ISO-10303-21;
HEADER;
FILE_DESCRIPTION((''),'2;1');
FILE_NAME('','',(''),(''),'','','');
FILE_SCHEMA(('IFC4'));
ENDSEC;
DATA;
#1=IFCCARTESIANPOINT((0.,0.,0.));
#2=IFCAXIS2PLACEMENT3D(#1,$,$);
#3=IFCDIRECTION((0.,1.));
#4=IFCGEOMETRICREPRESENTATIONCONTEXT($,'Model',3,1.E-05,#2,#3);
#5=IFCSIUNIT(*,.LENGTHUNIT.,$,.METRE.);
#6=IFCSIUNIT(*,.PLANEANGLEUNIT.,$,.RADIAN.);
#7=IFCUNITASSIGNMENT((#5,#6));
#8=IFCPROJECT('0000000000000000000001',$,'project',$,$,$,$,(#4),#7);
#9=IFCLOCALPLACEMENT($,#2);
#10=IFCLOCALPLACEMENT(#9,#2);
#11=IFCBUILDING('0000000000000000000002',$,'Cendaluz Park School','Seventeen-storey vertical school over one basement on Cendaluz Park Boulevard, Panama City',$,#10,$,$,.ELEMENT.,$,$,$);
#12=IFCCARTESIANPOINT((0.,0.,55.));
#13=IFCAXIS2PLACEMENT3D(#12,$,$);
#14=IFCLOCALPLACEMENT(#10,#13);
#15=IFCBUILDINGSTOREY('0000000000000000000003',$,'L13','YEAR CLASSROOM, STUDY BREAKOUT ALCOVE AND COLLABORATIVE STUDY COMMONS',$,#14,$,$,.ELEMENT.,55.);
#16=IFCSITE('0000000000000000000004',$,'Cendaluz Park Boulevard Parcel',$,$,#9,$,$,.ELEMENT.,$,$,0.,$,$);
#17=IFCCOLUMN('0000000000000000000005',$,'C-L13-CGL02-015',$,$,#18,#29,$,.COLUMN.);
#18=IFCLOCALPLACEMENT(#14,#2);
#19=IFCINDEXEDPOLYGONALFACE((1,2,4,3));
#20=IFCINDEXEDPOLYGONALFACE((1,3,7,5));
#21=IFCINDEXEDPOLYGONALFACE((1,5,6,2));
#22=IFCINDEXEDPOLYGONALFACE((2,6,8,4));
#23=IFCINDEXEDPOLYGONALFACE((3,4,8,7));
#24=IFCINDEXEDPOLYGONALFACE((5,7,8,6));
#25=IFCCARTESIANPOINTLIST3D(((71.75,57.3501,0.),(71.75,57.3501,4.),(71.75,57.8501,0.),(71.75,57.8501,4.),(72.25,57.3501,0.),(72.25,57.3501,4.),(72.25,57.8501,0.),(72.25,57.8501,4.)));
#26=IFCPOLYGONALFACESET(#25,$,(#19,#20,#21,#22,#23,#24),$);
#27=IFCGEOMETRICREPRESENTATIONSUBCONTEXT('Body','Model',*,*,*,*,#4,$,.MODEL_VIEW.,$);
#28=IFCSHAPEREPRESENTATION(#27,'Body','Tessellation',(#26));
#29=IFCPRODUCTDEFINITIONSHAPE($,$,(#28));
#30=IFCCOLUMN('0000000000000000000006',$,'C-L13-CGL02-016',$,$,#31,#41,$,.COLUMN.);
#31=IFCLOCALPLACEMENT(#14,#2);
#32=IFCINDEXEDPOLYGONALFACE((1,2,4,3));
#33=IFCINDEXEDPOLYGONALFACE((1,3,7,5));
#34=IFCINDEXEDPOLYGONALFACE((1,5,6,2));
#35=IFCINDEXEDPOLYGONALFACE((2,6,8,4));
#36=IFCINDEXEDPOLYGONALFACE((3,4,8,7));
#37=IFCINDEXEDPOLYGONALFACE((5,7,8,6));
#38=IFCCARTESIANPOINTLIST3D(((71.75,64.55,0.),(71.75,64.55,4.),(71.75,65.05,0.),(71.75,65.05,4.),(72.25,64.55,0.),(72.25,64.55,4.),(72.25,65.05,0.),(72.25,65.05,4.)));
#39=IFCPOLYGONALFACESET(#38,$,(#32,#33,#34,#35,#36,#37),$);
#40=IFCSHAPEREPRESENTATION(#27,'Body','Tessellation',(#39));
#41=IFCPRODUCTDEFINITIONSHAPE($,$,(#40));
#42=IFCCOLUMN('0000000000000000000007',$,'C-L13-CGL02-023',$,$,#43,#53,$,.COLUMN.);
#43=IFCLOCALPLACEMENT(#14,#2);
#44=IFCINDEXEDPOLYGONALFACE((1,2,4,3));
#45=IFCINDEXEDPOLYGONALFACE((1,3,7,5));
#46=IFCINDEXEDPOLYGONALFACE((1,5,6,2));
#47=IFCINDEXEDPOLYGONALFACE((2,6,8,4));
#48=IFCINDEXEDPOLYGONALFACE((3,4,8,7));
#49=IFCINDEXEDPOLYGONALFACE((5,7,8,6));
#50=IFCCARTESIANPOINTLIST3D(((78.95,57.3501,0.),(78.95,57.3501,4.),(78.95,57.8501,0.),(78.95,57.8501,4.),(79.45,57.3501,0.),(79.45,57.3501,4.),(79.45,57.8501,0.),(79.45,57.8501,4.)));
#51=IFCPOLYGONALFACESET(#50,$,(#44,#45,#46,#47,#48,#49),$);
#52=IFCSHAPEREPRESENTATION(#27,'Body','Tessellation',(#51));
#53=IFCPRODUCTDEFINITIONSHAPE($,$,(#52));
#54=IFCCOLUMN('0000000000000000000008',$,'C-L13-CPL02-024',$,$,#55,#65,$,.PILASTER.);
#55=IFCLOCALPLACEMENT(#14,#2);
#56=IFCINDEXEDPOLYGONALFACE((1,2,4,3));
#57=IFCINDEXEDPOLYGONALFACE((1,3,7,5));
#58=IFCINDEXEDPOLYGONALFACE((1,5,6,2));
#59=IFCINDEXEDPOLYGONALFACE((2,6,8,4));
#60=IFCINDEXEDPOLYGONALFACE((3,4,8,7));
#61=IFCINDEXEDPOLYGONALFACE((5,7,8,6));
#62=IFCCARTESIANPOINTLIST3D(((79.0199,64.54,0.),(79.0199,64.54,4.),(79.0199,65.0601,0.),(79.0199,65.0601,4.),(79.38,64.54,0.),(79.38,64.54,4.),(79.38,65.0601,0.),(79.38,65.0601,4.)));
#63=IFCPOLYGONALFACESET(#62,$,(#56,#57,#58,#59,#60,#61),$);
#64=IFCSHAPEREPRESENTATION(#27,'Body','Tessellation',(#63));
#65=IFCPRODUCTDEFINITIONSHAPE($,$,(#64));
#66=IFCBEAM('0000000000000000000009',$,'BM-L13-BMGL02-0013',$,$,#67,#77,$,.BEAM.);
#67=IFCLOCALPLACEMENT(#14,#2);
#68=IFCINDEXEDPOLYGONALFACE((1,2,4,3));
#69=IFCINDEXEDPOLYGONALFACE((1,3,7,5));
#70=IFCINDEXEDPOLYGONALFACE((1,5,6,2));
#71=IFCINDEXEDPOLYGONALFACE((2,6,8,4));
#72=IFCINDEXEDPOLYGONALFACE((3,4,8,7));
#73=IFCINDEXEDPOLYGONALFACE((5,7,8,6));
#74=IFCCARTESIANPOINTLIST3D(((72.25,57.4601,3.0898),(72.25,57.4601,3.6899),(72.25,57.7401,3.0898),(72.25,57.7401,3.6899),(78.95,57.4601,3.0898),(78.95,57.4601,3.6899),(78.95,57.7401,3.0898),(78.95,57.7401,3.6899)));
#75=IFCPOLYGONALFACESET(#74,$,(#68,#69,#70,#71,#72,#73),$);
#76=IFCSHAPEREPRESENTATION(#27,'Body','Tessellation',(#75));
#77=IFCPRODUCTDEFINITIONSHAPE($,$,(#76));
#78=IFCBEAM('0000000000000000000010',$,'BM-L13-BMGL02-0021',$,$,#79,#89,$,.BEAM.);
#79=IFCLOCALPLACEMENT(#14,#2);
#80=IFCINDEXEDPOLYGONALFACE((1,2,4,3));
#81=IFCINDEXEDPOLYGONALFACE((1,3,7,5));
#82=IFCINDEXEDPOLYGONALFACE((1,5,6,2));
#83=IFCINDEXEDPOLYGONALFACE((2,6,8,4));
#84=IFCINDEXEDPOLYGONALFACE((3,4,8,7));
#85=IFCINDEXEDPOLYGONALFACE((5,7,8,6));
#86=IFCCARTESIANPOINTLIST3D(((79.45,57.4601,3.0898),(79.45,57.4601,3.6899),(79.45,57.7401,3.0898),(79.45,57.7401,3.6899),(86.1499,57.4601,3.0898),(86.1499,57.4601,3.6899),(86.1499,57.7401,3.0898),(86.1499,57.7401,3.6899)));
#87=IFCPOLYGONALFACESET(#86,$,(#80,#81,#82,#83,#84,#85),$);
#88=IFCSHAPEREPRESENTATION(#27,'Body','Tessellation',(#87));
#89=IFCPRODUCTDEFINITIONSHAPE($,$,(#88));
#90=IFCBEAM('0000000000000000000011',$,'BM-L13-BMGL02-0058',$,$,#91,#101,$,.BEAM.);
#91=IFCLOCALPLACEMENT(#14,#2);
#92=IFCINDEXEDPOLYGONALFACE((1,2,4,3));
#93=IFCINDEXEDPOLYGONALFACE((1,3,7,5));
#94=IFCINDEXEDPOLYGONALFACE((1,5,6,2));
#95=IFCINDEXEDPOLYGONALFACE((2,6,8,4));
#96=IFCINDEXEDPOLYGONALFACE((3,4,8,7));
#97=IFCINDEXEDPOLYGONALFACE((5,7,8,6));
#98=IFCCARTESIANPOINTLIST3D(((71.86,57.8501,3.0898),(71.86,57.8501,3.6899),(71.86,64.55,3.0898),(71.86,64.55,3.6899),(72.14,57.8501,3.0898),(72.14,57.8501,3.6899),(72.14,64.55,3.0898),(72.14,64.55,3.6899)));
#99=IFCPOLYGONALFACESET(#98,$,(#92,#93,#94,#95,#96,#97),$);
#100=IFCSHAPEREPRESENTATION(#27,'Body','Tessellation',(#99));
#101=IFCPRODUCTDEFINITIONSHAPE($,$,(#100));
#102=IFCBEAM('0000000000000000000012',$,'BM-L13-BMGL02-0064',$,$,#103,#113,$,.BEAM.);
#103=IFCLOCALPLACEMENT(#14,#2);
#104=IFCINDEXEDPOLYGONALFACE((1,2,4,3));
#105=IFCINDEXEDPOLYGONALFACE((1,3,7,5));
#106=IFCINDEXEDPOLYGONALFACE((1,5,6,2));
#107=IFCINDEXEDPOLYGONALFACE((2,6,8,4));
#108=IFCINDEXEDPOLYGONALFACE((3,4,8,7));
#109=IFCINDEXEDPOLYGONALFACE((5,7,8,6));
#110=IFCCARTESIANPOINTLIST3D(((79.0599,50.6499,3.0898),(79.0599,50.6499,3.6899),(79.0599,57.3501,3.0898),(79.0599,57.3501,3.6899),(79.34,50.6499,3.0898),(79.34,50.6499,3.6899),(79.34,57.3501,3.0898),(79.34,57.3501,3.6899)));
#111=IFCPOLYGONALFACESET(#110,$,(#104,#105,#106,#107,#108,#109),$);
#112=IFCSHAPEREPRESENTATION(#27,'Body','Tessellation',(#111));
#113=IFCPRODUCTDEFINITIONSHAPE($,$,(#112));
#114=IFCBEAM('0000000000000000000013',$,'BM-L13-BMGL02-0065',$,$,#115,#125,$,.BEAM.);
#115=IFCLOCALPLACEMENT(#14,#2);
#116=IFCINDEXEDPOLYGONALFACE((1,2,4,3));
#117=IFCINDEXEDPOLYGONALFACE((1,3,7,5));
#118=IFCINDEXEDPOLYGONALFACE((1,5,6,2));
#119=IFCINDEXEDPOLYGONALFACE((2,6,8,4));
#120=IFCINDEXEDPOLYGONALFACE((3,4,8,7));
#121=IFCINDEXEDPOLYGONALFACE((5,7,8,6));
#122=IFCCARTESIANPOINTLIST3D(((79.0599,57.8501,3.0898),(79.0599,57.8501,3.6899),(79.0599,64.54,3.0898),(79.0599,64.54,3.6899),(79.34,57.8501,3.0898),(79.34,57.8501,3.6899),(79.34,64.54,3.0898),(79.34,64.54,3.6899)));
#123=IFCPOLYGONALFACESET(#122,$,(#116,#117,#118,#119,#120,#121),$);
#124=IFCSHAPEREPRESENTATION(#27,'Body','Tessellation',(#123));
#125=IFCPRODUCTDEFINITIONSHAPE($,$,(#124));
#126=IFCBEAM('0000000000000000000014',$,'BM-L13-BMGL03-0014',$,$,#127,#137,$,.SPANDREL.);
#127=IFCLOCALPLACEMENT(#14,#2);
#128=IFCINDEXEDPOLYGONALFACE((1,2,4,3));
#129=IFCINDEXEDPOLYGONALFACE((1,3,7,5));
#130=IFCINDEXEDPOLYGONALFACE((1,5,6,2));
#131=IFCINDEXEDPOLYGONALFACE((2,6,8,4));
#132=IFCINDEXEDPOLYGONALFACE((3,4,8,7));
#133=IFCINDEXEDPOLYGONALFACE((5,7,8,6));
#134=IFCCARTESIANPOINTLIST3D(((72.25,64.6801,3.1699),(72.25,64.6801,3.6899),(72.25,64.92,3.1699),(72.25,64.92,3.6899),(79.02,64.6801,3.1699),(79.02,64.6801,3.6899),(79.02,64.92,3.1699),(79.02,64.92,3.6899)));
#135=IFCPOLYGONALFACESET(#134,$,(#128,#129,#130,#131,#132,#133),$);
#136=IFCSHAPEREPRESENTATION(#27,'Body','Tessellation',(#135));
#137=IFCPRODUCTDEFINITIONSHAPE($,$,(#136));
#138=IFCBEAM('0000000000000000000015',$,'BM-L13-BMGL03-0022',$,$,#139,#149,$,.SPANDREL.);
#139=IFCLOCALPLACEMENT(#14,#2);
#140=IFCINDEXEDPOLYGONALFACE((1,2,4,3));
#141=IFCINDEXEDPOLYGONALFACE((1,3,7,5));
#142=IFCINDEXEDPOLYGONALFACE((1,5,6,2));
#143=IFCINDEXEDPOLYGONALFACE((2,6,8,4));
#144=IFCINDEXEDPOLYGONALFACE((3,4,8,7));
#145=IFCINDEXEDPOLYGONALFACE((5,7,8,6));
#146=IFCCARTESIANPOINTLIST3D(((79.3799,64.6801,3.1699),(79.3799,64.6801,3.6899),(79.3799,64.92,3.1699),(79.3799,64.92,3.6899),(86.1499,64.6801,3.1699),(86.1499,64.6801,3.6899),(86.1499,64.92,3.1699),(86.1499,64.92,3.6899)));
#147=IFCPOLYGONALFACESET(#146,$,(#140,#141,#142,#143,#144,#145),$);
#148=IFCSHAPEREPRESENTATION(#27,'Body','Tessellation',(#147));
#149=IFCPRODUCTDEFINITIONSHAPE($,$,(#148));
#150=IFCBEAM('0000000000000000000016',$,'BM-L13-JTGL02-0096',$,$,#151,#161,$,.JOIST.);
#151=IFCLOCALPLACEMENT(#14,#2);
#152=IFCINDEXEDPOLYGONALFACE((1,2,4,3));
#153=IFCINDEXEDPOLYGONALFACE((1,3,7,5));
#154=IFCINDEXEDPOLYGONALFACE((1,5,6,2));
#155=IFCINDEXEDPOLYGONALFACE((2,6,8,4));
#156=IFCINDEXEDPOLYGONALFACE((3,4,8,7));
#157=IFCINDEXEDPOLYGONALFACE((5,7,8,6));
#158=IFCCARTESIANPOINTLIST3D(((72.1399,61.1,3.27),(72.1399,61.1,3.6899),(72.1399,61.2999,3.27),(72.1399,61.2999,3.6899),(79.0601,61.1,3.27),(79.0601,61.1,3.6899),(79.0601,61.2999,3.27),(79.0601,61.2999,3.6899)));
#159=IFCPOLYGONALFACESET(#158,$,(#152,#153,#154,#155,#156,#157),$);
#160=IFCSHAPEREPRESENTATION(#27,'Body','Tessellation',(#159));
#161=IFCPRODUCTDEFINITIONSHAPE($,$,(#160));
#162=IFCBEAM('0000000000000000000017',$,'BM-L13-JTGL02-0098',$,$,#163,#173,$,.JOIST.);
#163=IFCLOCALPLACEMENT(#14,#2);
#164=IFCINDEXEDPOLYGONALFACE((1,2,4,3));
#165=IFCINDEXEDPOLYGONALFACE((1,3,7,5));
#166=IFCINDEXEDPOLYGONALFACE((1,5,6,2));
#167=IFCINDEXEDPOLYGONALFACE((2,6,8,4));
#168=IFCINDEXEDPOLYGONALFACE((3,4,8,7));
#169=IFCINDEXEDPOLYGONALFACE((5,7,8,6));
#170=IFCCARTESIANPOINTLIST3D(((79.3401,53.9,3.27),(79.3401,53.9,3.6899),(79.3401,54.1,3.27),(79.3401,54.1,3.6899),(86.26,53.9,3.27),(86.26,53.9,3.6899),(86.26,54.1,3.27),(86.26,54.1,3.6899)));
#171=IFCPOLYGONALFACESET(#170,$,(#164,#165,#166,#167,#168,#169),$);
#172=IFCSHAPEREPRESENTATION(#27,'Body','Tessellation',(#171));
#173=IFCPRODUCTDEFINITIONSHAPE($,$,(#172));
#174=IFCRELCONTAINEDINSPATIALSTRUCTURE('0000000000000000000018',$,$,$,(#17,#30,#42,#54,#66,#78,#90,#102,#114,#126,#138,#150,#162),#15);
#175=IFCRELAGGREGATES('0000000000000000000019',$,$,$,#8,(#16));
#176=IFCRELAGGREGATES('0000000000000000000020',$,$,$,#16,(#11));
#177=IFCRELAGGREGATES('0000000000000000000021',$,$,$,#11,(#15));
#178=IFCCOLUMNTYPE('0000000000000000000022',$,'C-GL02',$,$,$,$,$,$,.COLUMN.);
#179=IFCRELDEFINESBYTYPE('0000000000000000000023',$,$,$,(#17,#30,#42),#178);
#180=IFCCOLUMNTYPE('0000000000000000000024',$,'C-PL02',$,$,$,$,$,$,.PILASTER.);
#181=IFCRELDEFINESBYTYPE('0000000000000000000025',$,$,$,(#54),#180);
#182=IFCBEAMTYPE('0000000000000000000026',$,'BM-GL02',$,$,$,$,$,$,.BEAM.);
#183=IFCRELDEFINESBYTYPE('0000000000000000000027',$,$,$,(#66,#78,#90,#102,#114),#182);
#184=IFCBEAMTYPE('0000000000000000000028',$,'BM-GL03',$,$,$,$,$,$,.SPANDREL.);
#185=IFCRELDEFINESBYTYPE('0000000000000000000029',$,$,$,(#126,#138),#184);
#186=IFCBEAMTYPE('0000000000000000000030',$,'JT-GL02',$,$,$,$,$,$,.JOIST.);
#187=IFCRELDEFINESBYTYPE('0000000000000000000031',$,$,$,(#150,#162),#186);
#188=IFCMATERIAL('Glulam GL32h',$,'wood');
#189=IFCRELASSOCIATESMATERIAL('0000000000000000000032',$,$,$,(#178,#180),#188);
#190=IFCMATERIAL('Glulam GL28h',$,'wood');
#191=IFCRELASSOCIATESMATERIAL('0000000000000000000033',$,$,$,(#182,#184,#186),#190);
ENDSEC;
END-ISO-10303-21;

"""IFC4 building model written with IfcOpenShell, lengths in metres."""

from ifc_helpers import new_model, si_unit, direction, frame, origin, origin_2d, place, context, subcontext, project, spatial, rectangle, extrude, material, material_profile, profile_set, type_object, element, save


model = new_model("IFC4")

# Units and contexts
model_context = context("Model", 3, precision=1e-05, world=origin(), true_north=direction((0.0, 1.0)))
body_context = subcontext(model_context, "Body", "Model", "MODEL_VIEW")
ifc_project = project(units=[si_unit("LENGTHUNIT", "METRE"), si_unit("PLANEANGLEUNIT", "RADIAN")], contexts=[model_context])

# Site, building, storey
site_placement = place(None, origin())
site = spatial("IfcSite", under=ifc_project, at=site_placement, Name="Cendaluz Park Boulevard Parcel", CompositionType="ELEMENT", RefElevation=0.0)
building_placement = place(site_placement, origin())
building = spatial("IfcBuilding", under=site, at=building_placement, Name="Cendaluz Park School", Description="Seventeen-storey vertical school over one basement on Cendaluz Park Boulevard, Panama City", CompositionType="ELEMENT")
storey_placement = place(building_placement, frame((0.0, 0.0, 55.0)))
storey = spatial("IfcBuildingStorey", under=building, at=storey_placement, Name="L13", Description="YEAR CLASSROOM, STUDY BREAKOUT ALCOVE AND COLLABORATIVE STUDY COMMONS", CompositionType="ELEMENT", Elevation=55.0)

# Columns
ifc_material_1 = material(Name="Glulam GL32h", Category="wood")
ifc_material_profile_1 = material_profile(ifc_material_1, rectangle(XDim=0.5, YDim=0.5, at=origin_2d()), Name="GL32h 500x500", Category="wood")
ifc_profile_set_1 = profile_set([ifc_material_profile_1], Name="Glulam GL32h")
column_type_1 = type_object("IfcColumnType", Name="C-GL02", PredefinedType="COLUMN", material=ifc_profile_set_1)
for number, where, z_axis, x_axis, name in (
    (1, (72.0, 57.6001, 0.0), (0.0, 0.0, 1.0), (1.0, 0.0, 0.0), "C-L13-CGL02-015"),
    (2, (72.0, 64.8, 0.0), (0.0, 0.0, 1.0), (1.0, 0.0, 0.0), "C-L13-CGL02-016"),
    (3, (79.2, 57.6001, 0.0), (0.0, 0.0, 1.0), (1.0, 0.0, 0.0), "C-L13-CGL02-023"),
):
    element("IfcColumn", number, at=place(storey_placement, frame(where, z_axis=z_axis, x_axis=x_axis)), inside=storey, type_object=column_type_1, Name=name, PredefinedType="COLUMN", context=body_context, shape_type="SweptSolid", body=[
        extrude(rectangle(XDim=0.5, YDim=0.5, at=origin_2d()), origin(), (0.0, 0.0, 1.0), 4.0),
    ])
ifc_material_profile_2 = material_profile(ifc_material_1, rectangle(XDim=0.3601, YDim=0.52, at=origin_2d()), Name="GL32h 360x520", Category="wood")
ifc_profile_set_2 = profile_set([ifc_material_profile_2], Name="Glulam GL32h")
column_type_2 = type_object("IfcColumnType", Name="C-PL02", PredefinedType="PILASTER", material=ifc_profile_set_2)
column_placement = place(storey_placement, frame((79.2, 64.8, 0.0), z_axis=(0.0, 0.0, 1.0), x_axis=(1.0, 0.0, 0.0)))
element("IfcColumn", 4, at=column_placement, inside=storey, type_object=column_type_2, Name="C-L13-CPL02-024", PredefinedType="PILASTER", context=body_context, shape_type="SweptSolid", body=[
    extrude(rectangle(XDim=0.3601, YDim=0.52, at=origin_2d()), origin(), (0.0, 0.0, 1.0), 4.0),
])

# Beams
ifc_material_2 = material(Name="Glulam GL28h", Category="wood")
ifc_material_profile_3 = material_profile(ifc_material_2, rectangle(XDim=0.28, YDim=0.6001, at=origin_2d()), Name="GL28h 280x600", Category="wood")
ifc_profile_set_3 = profile_set([ifc_material_profile_3], Name="Glulam GL28h")
beam_type_1 = type_object("IfcBeamType", Name="BM-GL02", PredefinedType="BEAM", material=ifc_profile_set_3)
for number, where, z_axis, x_axis, name in (
    (5, (72.25, 57.6001, 3.3899), (1.0, 0.0, 0.0), (0.0, 1.0, 0.0), "BM-L13-BMGL02-0013"),
    (6, (79.45, 57.6001, 3.3899), (1.0, 0.0, 0.0), (0.0, 1.0, 0.0), "BM-L13-BMGL02-0021"),
    (7, (72.0, 57.8501, 3.3899), (0.0, 1.0, 0.0), (-1.0, 0.0, 0.0), "BM-L13-BMGL02-0058"),
):
    element("IfcBeam", number, at=place(storey_placement, frame(where, z_axis=z_axis, x_axis=x_axis)), inside=storey, type_object=beam_type_1, Name=name, PredefinedType="BEAM", context=body_context, shape_type="SweptSolid", body=[
        extrude(rectangle(XDim=0.28, YDim=0.6001, at=origin_2d()), origin(), (0.0, 0.0, 1.0), 6.7),
    ])
beam_1_placement = place(storey_placement, frame((79.2, 50.6499, 3.3899), z_axis=(0.0, 1.0, 0.0), x_axis=(-1.0, 0.0, 0.0)))
element("IfcBeam", 8, at=beam_1_placement, inside=storey, type_object=beam_type_1, Name="BM-L13-BMGL02-0064", PredefinedType="BEAM", context=body_context, shape_type="SweptSolid", body=[
    extrude(rectangle(XDim=0.28, YDim=0.6001, at=origin_2d()), origin(), (0.0, 0.0, 1.0), 6.7002),
])
beam_2_placement = place(storey_placement, frame((79.2, 57.8501, 3.3899), z_axis=(0.0, 1.0, 0.0), x_axis=(-1.0, 0.0, 0.0)))
element("IfcBeam", 9, at=beam_2_placement, inside=storey, type_object=beam_type_1, Name="BM-L13-BMGL02-0065", PredefinedType="BEAM", context=body_context, shape_type="SweptSolid", body=[
    extrude(rectangle(XDim=0.28, YDim=0.6001, at=origin_2d()), origin(), (0.0, 0.0, 1.0), 6.6899),
])
ifc_material_profile_4 = material_profile(ifc_material_2, rectangle(XDim=0.24, YDim=0.52, at=origin_2d()), Name="GL28h 240x520", Category="wood")
ifc_profile_set_4 = profile_set([ifc_material_profile_4], Name="Glulam GL28h")
beam_type_2 = type_object("IfcBeamType", Name="BM-GL03", PredefinedType="SPANDREL", material=ifc_profile_set_4)
for number, where, z_axis, x_axis, name in (
    (10, (72.25, 64.8, 3.4299), (1.0, 0.0, 0.0), (0.0, 1.0, 0.0), "BM-L13-BMGL03-0014"),
    (11, (79.3799, 64.8, 3.4299), (1.0, 0.0, 0.0), (0.0, 1.0, 0.0), "BM-L13-BMGL03-0022"),
):
    element("IfcBeam", number, at=place(storey_placement, frame(where, z_axis=z_axis, x_axis=x_axis)), inside=storey, type_object=beam_type_2, Name=name, PredefinedType="SPANDREL", context=body_context, shape_type="SweptSolid", body=[
        extrude(rectangle(XDim=0.24, YDim=0.52, at=origin_2d()), origin(), (0.0, 0.0, 1.0), 6.77),
    ])
ifc_material_profile_5 = material_profile(ifc_material_2, rectangle(XDim=0.2, YDim=0.4199, at=origin_2d()), Name="GL28h 200x420", Category="wood")
ifc_profile_set_5 = profile_set([ifc_material_profile_5], Name="Glulam GL28h")
beam_type_3 = type_object("IfcBeamType", Name="JT-GL02", PredefinedType="JOIST", material=ifc_profile_set_5)
beam_3_placement = place(storey_placement, frame((72.1399, 61.2, 3.48), z_axis=(1.0, 0.0, 0.0), x_axis=(0.0, 1.0, 0.0)))
element("IfcBeam", 12, at=beam_3_placement, inside=storey, type_object=beam_type_3, Name="BM-L13-JTGL02-0096", PredefinedType="JOIST", context=body_context, shape_type="SweptSolid", body=[
    extrude(rectangle(XDim=0.2, YDim=0.4199, at=origin_2d()), origin(), (0.0, 0.0, 1.0), 6.9202),
])
beam_4_placement = place(storey_placement, frame((79.3401, 54.0, 3.48), z_axis=(1.0, 0.0, 0.0), x_axis=(0.0, 1.0, 0.0)))
element("IfcBeam", 13, at=beam_4_placement, inside=storey, type_object=beam_type_3, Name="BM-L13-JTGL02-0098", PredefinedType="JOIST", context=body_context, shape_type="SweptSolid", body=[
    extrude(rectangle(XDim=0.2, YDim=0.4199, at=origin_2d()), origin(), (0.0, 0.0, 1.0), 6.9199),
])

save(model, "model.ifc")
